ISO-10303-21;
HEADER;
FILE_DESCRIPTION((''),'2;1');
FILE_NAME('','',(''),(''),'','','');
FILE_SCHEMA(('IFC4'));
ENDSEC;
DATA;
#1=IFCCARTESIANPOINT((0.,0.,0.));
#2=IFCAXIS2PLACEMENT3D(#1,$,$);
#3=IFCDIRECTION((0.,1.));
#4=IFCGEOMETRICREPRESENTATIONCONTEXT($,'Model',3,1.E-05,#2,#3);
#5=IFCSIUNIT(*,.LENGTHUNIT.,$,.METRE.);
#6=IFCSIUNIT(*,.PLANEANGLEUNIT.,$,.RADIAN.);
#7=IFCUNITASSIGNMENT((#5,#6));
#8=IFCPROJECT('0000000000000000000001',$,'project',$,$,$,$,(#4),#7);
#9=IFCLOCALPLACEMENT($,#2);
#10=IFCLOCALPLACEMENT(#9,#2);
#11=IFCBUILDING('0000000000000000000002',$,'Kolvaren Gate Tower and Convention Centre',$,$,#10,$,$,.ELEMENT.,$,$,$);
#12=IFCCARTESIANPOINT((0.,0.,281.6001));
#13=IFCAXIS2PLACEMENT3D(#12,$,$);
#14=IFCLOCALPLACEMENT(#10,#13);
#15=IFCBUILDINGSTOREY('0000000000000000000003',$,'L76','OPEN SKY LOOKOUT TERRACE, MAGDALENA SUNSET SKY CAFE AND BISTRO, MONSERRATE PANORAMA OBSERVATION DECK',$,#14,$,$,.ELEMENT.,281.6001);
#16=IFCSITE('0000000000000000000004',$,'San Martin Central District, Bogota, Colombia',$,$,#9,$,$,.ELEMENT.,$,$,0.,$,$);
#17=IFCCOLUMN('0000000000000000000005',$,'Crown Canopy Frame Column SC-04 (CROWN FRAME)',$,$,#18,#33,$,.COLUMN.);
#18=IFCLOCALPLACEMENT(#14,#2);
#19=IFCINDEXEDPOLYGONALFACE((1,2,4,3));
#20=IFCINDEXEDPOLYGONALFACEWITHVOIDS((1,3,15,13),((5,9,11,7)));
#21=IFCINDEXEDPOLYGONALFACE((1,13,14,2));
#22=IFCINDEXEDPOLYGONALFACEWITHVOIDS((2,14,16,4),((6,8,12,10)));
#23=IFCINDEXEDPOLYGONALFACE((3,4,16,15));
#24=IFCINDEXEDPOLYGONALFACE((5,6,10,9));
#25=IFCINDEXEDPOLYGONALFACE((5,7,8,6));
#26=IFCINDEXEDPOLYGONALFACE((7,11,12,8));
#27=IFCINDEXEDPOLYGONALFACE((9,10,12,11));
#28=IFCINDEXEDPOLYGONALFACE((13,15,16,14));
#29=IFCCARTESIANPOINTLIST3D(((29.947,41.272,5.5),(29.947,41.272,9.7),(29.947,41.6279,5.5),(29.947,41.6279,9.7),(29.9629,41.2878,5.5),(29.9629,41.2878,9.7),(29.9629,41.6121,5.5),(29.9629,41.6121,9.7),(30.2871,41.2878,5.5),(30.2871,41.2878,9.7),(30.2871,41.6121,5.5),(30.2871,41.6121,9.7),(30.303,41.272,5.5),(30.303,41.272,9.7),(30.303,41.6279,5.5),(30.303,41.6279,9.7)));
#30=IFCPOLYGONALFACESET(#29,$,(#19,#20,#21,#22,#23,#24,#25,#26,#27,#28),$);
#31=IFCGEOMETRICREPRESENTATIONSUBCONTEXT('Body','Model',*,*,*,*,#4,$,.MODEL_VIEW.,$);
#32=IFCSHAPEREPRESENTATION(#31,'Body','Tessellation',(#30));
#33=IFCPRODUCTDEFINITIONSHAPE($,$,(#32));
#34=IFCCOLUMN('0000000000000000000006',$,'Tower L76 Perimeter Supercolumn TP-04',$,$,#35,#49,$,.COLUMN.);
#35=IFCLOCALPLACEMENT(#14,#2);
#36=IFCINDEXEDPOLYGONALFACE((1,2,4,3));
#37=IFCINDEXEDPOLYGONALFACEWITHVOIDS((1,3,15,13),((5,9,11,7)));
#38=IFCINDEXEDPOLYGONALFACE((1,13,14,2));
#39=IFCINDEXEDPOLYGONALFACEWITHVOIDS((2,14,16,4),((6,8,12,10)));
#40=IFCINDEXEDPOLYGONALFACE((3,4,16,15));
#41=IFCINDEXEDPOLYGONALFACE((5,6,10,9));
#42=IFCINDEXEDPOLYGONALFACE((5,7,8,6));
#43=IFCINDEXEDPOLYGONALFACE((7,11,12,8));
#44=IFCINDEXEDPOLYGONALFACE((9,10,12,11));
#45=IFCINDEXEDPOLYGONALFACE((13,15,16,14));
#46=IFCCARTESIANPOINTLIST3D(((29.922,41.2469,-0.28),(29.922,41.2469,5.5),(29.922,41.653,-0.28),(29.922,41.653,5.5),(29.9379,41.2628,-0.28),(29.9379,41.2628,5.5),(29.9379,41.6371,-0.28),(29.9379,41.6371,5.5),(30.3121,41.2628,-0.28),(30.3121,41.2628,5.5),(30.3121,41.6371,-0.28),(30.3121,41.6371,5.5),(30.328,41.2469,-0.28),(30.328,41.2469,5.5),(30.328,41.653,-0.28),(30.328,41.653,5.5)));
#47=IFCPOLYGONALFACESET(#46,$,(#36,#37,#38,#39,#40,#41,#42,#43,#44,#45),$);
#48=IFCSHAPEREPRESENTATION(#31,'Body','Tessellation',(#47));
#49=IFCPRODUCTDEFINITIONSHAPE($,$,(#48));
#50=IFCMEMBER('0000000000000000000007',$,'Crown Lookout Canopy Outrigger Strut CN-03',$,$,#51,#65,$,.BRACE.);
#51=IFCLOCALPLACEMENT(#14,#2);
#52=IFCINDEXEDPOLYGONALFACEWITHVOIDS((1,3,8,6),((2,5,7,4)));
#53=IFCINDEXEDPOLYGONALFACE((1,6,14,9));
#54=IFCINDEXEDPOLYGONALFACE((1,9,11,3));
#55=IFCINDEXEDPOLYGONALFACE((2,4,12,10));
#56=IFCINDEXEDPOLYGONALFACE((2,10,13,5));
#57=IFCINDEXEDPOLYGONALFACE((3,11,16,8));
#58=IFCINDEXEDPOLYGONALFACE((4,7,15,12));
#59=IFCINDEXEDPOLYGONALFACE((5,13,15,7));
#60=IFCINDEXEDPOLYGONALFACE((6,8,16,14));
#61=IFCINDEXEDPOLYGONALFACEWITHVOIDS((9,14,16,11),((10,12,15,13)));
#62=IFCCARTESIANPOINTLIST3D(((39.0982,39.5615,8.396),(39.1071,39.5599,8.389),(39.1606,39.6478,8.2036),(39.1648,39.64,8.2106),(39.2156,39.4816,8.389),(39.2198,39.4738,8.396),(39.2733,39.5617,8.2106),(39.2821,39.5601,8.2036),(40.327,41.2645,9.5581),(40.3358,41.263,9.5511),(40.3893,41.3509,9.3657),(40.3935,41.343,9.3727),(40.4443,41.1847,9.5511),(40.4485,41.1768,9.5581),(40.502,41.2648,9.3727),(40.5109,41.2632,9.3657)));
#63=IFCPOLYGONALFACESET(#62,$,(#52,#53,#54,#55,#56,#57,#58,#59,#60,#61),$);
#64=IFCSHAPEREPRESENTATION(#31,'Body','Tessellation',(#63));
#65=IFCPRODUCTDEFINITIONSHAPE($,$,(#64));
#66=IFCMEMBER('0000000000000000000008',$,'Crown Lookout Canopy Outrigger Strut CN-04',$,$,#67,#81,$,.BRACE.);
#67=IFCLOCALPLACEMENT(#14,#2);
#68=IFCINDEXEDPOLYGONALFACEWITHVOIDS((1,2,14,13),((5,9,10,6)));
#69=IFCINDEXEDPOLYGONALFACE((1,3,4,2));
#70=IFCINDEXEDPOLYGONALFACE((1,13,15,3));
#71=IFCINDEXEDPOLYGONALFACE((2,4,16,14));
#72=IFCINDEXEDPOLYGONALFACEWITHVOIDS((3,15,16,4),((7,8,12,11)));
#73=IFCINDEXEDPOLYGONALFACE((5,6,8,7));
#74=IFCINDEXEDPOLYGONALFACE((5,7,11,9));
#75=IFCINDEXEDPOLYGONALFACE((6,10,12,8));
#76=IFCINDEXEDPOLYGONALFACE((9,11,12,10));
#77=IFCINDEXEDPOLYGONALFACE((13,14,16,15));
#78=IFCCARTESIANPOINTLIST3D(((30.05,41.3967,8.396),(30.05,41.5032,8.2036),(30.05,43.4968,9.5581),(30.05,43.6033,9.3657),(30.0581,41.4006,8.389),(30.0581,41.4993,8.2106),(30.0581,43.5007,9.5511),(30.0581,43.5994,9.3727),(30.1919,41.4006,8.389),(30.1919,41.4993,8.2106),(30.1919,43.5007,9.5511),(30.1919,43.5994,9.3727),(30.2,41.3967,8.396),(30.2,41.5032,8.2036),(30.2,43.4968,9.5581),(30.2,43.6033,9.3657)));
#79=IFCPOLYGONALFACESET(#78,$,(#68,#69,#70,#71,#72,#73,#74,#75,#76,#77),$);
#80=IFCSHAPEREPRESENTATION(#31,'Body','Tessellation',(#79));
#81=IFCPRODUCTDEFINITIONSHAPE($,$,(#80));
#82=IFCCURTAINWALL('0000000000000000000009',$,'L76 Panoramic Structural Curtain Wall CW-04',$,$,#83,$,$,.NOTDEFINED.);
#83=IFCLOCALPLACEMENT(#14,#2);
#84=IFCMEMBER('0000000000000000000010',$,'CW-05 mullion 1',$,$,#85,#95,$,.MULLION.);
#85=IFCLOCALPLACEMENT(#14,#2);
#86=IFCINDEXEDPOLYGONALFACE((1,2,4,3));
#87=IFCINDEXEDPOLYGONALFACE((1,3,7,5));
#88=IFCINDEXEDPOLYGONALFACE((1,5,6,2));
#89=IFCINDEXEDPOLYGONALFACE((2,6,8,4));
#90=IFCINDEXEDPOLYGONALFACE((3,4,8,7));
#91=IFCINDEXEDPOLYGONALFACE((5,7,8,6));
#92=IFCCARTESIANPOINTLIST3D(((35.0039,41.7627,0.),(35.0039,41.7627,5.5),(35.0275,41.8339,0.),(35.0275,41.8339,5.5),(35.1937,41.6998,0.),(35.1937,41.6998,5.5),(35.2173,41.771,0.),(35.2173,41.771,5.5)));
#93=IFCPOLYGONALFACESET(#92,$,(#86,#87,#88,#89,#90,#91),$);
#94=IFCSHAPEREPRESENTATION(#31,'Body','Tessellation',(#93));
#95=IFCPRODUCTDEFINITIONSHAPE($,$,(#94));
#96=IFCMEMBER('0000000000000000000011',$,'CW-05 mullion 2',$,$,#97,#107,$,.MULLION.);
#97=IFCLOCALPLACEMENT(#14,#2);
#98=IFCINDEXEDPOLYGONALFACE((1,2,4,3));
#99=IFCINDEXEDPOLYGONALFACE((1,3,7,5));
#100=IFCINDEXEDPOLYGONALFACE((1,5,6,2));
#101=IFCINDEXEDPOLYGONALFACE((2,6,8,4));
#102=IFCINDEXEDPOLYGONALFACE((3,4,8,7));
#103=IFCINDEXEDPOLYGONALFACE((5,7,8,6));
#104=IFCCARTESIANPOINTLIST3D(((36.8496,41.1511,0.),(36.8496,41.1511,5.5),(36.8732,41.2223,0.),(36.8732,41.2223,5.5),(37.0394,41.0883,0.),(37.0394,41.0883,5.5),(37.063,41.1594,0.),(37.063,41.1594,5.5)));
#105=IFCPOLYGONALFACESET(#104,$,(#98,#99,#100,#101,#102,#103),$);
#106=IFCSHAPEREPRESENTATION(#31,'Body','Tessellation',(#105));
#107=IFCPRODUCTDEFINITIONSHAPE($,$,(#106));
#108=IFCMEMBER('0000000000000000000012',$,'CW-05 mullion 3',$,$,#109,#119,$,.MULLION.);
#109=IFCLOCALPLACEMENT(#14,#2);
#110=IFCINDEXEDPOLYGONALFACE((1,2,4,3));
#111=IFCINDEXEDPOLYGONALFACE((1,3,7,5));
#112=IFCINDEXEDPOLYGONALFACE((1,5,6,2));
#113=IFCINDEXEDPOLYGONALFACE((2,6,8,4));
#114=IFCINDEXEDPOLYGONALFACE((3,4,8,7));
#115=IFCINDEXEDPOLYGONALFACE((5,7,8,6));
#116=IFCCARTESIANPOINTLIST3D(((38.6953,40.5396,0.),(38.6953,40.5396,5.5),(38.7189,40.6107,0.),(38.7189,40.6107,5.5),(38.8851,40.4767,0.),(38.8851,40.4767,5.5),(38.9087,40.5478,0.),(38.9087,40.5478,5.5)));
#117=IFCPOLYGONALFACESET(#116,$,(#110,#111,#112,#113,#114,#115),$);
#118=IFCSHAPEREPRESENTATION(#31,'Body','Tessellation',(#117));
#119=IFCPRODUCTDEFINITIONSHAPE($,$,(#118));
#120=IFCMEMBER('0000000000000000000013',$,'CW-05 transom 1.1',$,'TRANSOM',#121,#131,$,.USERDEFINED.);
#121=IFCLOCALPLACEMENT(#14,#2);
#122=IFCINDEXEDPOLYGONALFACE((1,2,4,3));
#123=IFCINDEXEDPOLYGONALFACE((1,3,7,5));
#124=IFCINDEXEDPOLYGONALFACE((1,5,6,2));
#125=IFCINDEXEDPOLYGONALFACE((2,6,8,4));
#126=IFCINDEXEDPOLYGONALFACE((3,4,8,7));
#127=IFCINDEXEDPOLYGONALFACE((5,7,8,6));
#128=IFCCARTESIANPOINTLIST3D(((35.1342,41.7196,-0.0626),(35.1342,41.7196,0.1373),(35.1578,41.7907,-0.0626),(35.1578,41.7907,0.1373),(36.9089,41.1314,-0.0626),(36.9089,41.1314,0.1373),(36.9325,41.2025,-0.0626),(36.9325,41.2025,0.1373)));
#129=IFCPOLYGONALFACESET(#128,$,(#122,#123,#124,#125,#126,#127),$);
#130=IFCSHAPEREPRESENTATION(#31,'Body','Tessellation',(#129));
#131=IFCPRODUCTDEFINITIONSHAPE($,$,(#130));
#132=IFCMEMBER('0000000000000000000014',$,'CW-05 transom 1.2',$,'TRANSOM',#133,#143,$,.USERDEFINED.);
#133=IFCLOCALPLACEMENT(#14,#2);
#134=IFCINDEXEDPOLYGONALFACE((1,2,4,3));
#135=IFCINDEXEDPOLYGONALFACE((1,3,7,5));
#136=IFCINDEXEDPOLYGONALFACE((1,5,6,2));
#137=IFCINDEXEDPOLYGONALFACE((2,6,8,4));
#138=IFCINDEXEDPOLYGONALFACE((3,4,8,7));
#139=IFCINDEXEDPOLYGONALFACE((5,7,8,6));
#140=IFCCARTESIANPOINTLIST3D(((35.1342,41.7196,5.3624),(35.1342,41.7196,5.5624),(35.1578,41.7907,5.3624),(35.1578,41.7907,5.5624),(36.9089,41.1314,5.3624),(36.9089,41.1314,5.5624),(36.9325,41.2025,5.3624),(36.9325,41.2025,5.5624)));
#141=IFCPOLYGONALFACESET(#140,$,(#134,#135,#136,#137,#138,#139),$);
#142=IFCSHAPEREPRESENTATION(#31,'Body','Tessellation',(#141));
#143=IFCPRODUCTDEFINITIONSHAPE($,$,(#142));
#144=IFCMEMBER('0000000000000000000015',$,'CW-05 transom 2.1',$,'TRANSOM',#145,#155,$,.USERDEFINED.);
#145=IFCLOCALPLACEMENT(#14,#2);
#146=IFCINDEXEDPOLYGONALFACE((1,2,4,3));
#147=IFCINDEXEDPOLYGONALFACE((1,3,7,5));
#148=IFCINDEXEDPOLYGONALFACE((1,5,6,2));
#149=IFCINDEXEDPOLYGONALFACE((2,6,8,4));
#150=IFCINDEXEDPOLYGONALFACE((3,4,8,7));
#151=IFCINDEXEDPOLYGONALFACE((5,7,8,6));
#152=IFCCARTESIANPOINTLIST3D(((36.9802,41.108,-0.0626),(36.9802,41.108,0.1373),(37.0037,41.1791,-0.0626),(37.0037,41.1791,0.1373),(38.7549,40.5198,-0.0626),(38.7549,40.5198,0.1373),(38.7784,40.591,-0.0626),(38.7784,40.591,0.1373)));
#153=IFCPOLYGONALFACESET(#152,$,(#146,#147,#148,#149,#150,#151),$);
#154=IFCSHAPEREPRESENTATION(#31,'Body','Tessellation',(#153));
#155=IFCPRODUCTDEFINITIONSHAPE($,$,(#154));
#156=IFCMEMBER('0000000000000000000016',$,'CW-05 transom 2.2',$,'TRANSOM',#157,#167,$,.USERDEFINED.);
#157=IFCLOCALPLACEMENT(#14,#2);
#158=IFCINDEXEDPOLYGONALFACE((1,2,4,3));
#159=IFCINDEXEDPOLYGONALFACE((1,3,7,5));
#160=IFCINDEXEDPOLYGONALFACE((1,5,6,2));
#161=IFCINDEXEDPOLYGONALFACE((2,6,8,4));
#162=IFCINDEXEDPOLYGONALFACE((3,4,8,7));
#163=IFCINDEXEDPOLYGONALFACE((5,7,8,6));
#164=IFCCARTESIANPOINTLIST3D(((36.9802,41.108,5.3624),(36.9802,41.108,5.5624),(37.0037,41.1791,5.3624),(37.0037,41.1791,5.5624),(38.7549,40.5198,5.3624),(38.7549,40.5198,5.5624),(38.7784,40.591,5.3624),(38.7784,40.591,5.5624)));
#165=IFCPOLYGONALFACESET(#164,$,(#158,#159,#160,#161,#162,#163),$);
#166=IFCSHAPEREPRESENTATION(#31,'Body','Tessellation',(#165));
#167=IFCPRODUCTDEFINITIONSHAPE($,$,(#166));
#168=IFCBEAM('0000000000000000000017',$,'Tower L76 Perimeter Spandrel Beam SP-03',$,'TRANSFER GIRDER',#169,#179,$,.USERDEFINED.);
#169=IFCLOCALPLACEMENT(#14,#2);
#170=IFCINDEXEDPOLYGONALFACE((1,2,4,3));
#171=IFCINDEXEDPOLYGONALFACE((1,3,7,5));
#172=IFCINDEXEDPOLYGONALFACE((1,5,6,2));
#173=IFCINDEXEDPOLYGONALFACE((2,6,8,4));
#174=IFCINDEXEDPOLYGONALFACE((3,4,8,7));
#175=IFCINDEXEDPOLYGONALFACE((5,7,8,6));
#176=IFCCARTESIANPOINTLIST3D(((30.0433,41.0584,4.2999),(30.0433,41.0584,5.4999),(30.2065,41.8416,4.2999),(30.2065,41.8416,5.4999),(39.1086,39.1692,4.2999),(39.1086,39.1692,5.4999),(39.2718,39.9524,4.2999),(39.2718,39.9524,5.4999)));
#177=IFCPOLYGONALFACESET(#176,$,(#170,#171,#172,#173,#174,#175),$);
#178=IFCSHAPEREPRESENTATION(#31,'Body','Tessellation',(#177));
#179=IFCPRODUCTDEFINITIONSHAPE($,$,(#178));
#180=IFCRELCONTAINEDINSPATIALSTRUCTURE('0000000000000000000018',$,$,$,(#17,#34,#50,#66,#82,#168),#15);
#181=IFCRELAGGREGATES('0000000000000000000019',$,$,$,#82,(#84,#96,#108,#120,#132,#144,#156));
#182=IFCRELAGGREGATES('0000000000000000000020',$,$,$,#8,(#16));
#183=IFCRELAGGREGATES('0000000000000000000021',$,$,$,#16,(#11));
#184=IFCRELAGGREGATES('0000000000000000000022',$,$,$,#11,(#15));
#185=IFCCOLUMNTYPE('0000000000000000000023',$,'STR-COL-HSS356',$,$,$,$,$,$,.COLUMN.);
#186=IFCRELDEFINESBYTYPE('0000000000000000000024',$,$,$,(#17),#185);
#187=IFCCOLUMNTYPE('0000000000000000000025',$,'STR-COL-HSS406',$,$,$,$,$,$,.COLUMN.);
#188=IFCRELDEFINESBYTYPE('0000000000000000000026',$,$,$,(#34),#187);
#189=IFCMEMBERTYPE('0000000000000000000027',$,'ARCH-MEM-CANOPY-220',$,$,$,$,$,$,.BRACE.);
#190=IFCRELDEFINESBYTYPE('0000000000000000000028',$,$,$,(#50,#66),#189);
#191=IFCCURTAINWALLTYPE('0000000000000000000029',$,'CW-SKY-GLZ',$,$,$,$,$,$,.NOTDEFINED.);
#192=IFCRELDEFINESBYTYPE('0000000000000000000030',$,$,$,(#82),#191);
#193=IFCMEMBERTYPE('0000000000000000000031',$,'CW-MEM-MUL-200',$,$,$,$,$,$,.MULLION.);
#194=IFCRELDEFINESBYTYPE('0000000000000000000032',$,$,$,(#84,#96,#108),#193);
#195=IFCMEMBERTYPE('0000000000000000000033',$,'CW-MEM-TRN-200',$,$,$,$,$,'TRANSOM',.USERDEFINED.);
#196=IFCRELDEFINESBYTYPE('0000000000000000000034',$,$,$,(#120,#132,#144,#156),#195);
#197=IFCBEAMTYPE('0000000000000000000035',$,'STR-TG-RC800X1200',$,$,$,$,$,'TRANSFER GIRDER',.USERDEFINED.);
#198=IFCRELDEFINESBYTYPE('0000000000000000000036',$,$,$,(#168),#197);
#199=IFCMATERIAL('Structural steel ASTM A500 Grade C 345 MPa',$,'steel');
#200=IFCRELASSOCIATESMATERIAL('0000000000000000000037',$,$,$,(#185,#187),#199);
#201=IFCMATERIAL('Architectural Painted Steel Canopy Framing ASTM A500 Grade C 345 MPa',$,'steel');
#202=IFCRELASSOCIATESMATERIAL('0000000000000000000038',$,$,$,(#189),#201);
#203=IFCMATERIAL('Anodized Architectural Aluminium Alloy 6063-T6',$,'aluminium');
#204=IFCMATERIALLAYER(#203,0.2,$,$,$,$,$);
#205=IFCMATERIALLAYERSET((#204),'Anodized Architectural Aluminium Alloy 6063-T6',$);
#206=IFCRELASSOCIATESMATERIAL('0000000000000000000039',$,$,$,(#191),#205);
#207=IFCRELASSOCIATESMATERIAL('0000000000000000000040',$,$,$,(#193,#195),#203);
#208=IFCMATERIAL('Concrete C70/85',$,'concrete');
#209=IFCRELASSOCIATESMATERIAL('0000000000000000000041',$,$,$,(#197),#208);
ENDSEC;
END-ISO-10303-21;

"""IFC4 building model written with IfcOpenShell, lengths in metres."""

from ifc_helpers import new_model, si_unit, direction, frame, origin, origin_2d, place, context, subcontext, project, spatial, rectangle, hollow_rectangle, extrude, material, layer, layer_set, material_profile, profile_set, type_object, element, aggregate, save


model = new_model("IFC4")

# Units and contexts
model_context = context("Model", 3, precision=1e-05, world=origin(), true_north=direction((0.0, 1.0)))
body_context = subcontext(model_context, "Body", "Model", "MODEL_VIEW")
ifc_project = project(units=[si_unit("LENGTHUNIT", "METRE"), si_unit("PLANEANGLEUNIT", "RADIAN")], contexts=[model_context])

# Site, building, storey
site_placement = place(None, origin())
site = spatial("IfcSite", under=ifc_project, at=site_placement, Name="San Martin Central District, Bogota, Colombia", CompositionType="ELEMENT", RefElevation=0.0)
building_placement = place(site_placement, origin())
building = spatial("IfcBuilding", under=site, at=building_placement, Name="Kolvaren Gate Tower and Convention Centre", CompositionType="ELEMENT")
storey_placement = place(building_placement, frame((0.0, 0.0, 281.6001)))
storey = spatial("IfcBuildingStorey", under=building, at=storey_placement, Name="L76", Description="OPEN SKY LOOKOUT TERRACE, MAGDALENA SUNSET SKY CAFE AND BISTRO, MONSERRATE PANORAMA OBSERVATION DECK", CompositionType="ELEMENT", Elevation=281.6001)

# Columns
ifc_material_1 = material(Name="Structural steel ASTM A500 Grade C 345 MPa", Category="steel")
ifc_material_profile_1 = material_profile(ifc_material_1, hollow_rectangle(XDim=0.356, YDim=0.356, WallThickness=0.0159, at=origin_2d()), Name="HSS356X356X15.9")
ifc_profile_set_1 = profile_set([ifc_material_profile_1], Name="Structural steel ASTM A500 Grade C 345 MPa")
column_type_1 = type_object("IfcColumnType", Name="STR-COL-HSS356", PredefinedType="COLUMN", material=ifc_profile_set_1)
column_1_placement = place(storey_placement, frame((30.125, 41.45, 5.5), z_axis=(0.0, 0.0, 1.0), x_axis=(1.0, 0.0, 0.0)))
element("IfcColumn", 1, at=column_1_placement, inside=storey, type_object=column_type_1, Name="Crown Canopy Frame Column SC-04 (CROWN FRAME)", PredefinedType="COLUMN", context=body_context, shape_type="SweptSolid", body=[
    extrude(hollow_rectangle(XDim=0.356, YDim=0.356, WallThickness=0.0159, at=origin_2d()), origin(), (0.0, 0.0, 1.0), 4.2),
])
ifc_material_profile_2 = material_profile(ifc_material_1, hollow_rectangle(XDim=0.406, YDim=0.406, WallThickness=0.0159, at=origin_2d()), Name="HSS406X406X15.9")
ifc_profile_set_2 = profile_set([ifc_material_profile_2], Name="Structural steel ASTM A500 Grade C 345 MPa")
column_type_2 = type_object("IfcColumnType", Name="STR-COL-HSS406", PredefinedType="COLUMN", material=ifc_profile_set_2)
column_2_placement = place(storey_placement, frame((30.125, 41.45, -0.28), z_axis=(0.0, 0.0, 1.0), x_axis=(1.0, 0.0, 0.0)))
element("IfcColumn", 2, at=column_2_placement, inside=storey, type_object=column_type_2, Name="Tower L76 Perimeter Supercolumn TP-04", PredefinedType="COLUMN", context=body_context, shape_type="SweptSolid", body=[
    extrude(hollow_rectangle(XDim=0.406, YDim=0.406, WallThickness=0.0159, at=origin_2d()), origin(), (0.0, 0.0, 1.0), 5.78),
])

# Members
ifc_material_2 = material(Name="Architectural Painted Steel Canopy Framing ASTM A500 Grade C 345 MPa", Category="steel")
ifc_material_profile_3 = material_profile(ifc_material_2, hollow_rectangle(XDim=0.1499, YDim=0.22, WallThickness=0.0081, at=origin_2d()), Name="ARCH-MEM-CANOPY-220")
ifc_profile_set_3 = profile_set([ifc_material_profile_3], Name="Architectural Painted Steel Canopy Framing ASTM A500 Grade C 345 MPa")
member_type_1 = type_object("IfcMemberType", Name="ARCH-MEM-CANOPY-220", PredefinedType="BRACE", material=ifc_profile_set_3)
for number, where, z_axis, x_axis, name in (
    (3, (39.1902, 39.5608, 8.2998), (0.51194, 0.709575, 0.484171), (-0.810967, 0.585092, 0.0), "Crown Lookout Canopy Outrigger Strut CN-03"),
    (4, (30.125, 41.45, 8.2998), (0.0, 0.874972, 0.484174), (-1.0, 0.0, 0.0), "Crown Lookout Canopy Outrigger Strut CN-04"),
):
    element("IfcMember", number, at=place(storey_placement, frame(where, z_axis=z_axis, x_axis=x_axis)), inside=storey, type_object=member_type_1, Name=name, PredefinedType="BRACE", context=body_context, shape_type="SweptSolid", body=[
        extrude(hollow_rectangle(XDim=0.1499, YDim=0.22, WallThickness=0.0081, at=origin_2d()), origin(), (0.0, 0.0, 1.0), 2.4001),
    ])

# Curtain wall, members
ifc_material_3 = material(Name="Anodized Architectural Aluminium Alloy 6063-T6", Category="aluminium")
ifc_layer_1 = layer(ifc_material_3, 0.2)
ifc_layer_set_1 = layer_set([ifc_layer_1], Name="Anodized Architectural Aluminium Alloy 6063-T6")
curtain_wall_type = type_object("IfcCurtainWallType", Name="CW-SKY-GLZ", PredefinedType="NOTDEFINED", material=ifc_layer_set_1)
curtain_wall_placement = place(storey_placement, origin())
curtain_wall = element("IfcCurtainWall", 5, at=curtain_wall_placement, inside=storey, type_object=curtain_wall_type, Name="L76 Panoramic Structural Curtain Wall CW-04", PredefinedType="NOTDEFINED")
ifc_material_profile_4 = material_profile(ifc_material_3, rectangle(XDim=0.075, YDim=0.2, at=origin_2d()), Name="CW-MEM-MUL-200")
ifc_profile_set_4 = profile_set([ifc_material_profile_4], Name="Anodized Architectural Aluminium Alloy 6063-T6")
member_type_2 = type_object("IfcMemberType", Name="CW-MEM-MUL-200", PredefinedType="MULLION", material=ifc_profile_set_4)
member_1_placement = place(storey_placement, frame((35.1106, 41.7668, 0.0), z_axis=(0.0, 0.0, 1.0), x_axis=(0.314555, 0.949239, 0.0)))
member_1 = element("IfcMember", 6, at=member_1_placement, type_object=member_type_2, Name="CW-05 mullion 1", PredefinedType="MULLION", context=body_context, shape_type="SweptSolid", body=[
    extrude(rectangle(XDim=0.075, YDim=0.2, at=origin_2d()), origin(), (0.0, 0.0, 1.0), 5.5),
])
member_2_placement = place(storey_placement, frame((36.9563, 41.1553, 0.0), z_axis=(0.0, 0.0, 1.0), x_axis=(0.314555, 0.949239, 0.0)))
member_2 = element("IfcMember", 7, at=member_2_placement, type_object=member_type_2, Name="CW-05 mullion 2", PredefinedType="MULLION", context=body_context, shape_type="SweptSolid", body=[
    extrude(rectangle(XDim=0.075, YDim=0.2, at=origin_2d()), origin(), (0.0, 0.0, 1.0), 5.5),
])
member_3_placement = place(storey_placement, frame((38.802, 40.5437, 0.0), z_axis=(0.0, 0.0, 1.0), x_axis=(0.314555, 0.949239, 0.0)))
member_3 = element("IfcMember", 8, at=member_3_placement, type_object=member_type_2, Name="CW-05 mullion 3", PredefinedType="MULLION", context=body_context, shape_type="SweptSolid", body=[
    extrude(rectangle(XDim=0.075, YDim=0.2, at=origin_2d()), origin(), (0.0, 0.0, 1.0), 5.5),
])
ifc_material_profile_5 = material_profile(ifc_material_3, rectangle(XDim=0.075, YDim=0.2, at=origin_2d()), Name="CW-MEM-TRN-200")
ifc_profile_set_5 = profile_set([ifc_material_profile_5], Name="Anodized Architectural Aluminium Alloy 6063-T6")
member_type_3 = type_object("IfcMemberType", Name="CW-MEM-TRN-200", ElementType="TRANSOM", PredefinedType="USERDEFINED", material=ifc_profile_set_5)
member_4_placement = place(storey_placement, frame((35.146, 41.7551, 0.0374), z_axis=(0.94923, -0.314582, 0.0), x_axis=(0.314582, 0.94923, 0.0)))
member_4 = element("IfcMember", 9, at=member_4_placement, type_object=member_type_3, Name="CW-05 transom 1.1", ObjectType="TRANSOM", PredefinedType="USERDEFINED", context=body_context, shape_type="SweptSolid", body=[
    extrude(rectangle(XDim=0.075, YDim=0.2, at=origin_2d()), origin(), (0.0, 0.0, 1.0), 1.8696),
])
member_5_placement = place(storey_placement, frame((35.146, 41.7551, 5.4624), z_axis=(0.94923, -0.314582, 0.0), x_axis=(0.314582, 0.94923, 0.0)))
member_5 = element("IfcMember", 10, at=member_5_placement, type_object=member_type_3, Name="CW-05 transom 1.2", ObjectType="TRANSOM", PredefinedType="USERDEFINED", context=body_context, shape_type="SweptSolid", body=[
    extrude(rectangle(XDim=0.075, YDim=0.2, at=origin_2d()), origin(), (0.0, 0.0, 1.0), 1.8696),
])
member_6_placement = place(storey_placement, frame((36.9919, 41.1436, 0.0374), z_axis=(0.94923, -0.314582, 0.0), x_axis=(0.314582, 0.94923, 0.0)))
member_6 = element("IfcMember", 11, at=member_6_placement, type_object=member_type_3, Name="CW-05 transom 2.1", ObjectType="TRANSOM", PredefinedType="USERDEFINED", context=body_context, shape_type="SweptSolid", body=[
    extrude(rectangle(XDim=0.075, YDim=0.2, at=origin_2d()), origin(), (0.0, 0.0, 1.0), 1.8696),
])
member_7_placement = place(storey_placement, frame((36.9919, 41.1436, 5.4624), z_axis=(0.94923, -0.314582, 0.0), x_axis=(0.314582, 0.94923, 0.0)))
member_7 = element("IfcMember", 12, at=member_7_placement, type_object=member_type_3, Name="CW-05 transom 2.2", ObjectType="TRANSOM", PredefinedType="USERDEFINED", context=body_context, shape_type="SweptSolid", body=[
    extrude(rectangle(XDim=0.075, YDim=0.2, at=origin_2d()), origin(), (0.0, 0.0, 1.0), 1.8696),
])

# Beam
ifc_material_4 = material(Name="Concrete C70/85", Category="concrete")
ifc_material_profile_6 = material_profile(ifc_material_4, rectangle(XDim=0.8, YDim=1.2, at=origin_2d()), Name="RC-BM-800X1200")
ifc_profile_set_6 = profile_set([ifc_material_profile_6], Name="Concrete C70/85")
beam_type = type_object("IfcBeamType", Name="STR-TG-RC800X1200", ElementType="TRANSFER GIRDER", PredefinedType="USERDEFINED", material=ifc_profile_set_6)
for number, where, z_axis, x_axis, name in (
    (13, (39.1902, 39.5608, 4.8999), (-0.978968, 0.204014, 0.0), (-0.204014, -0.978968, 0.0), "Tower L76 Perimeter Spandrel Beam SP-03"),
):
    element("IfcBeam", number, at=place(storey_placement, frame(where, z_axis=z_axis, x_axis=x_axis)), inside=storey, type_object=beam_type, Name=name, ObjectType="TRANSFER GIRDER", PredefinedType="USERDEFINED", context=body_context, shape_type="SweptSolid", body=[
        extrude(rectangle(XDim=0.8, YDim=1.2, at=origin_2d()), origin(), (0.0, 0.0, 1.0), 9.26),
    ])

aggregate(curtain_wall, [member_1, member_2, member_3, member_4, member_5, member_6, member_7])

save(model, "model.ifc")
